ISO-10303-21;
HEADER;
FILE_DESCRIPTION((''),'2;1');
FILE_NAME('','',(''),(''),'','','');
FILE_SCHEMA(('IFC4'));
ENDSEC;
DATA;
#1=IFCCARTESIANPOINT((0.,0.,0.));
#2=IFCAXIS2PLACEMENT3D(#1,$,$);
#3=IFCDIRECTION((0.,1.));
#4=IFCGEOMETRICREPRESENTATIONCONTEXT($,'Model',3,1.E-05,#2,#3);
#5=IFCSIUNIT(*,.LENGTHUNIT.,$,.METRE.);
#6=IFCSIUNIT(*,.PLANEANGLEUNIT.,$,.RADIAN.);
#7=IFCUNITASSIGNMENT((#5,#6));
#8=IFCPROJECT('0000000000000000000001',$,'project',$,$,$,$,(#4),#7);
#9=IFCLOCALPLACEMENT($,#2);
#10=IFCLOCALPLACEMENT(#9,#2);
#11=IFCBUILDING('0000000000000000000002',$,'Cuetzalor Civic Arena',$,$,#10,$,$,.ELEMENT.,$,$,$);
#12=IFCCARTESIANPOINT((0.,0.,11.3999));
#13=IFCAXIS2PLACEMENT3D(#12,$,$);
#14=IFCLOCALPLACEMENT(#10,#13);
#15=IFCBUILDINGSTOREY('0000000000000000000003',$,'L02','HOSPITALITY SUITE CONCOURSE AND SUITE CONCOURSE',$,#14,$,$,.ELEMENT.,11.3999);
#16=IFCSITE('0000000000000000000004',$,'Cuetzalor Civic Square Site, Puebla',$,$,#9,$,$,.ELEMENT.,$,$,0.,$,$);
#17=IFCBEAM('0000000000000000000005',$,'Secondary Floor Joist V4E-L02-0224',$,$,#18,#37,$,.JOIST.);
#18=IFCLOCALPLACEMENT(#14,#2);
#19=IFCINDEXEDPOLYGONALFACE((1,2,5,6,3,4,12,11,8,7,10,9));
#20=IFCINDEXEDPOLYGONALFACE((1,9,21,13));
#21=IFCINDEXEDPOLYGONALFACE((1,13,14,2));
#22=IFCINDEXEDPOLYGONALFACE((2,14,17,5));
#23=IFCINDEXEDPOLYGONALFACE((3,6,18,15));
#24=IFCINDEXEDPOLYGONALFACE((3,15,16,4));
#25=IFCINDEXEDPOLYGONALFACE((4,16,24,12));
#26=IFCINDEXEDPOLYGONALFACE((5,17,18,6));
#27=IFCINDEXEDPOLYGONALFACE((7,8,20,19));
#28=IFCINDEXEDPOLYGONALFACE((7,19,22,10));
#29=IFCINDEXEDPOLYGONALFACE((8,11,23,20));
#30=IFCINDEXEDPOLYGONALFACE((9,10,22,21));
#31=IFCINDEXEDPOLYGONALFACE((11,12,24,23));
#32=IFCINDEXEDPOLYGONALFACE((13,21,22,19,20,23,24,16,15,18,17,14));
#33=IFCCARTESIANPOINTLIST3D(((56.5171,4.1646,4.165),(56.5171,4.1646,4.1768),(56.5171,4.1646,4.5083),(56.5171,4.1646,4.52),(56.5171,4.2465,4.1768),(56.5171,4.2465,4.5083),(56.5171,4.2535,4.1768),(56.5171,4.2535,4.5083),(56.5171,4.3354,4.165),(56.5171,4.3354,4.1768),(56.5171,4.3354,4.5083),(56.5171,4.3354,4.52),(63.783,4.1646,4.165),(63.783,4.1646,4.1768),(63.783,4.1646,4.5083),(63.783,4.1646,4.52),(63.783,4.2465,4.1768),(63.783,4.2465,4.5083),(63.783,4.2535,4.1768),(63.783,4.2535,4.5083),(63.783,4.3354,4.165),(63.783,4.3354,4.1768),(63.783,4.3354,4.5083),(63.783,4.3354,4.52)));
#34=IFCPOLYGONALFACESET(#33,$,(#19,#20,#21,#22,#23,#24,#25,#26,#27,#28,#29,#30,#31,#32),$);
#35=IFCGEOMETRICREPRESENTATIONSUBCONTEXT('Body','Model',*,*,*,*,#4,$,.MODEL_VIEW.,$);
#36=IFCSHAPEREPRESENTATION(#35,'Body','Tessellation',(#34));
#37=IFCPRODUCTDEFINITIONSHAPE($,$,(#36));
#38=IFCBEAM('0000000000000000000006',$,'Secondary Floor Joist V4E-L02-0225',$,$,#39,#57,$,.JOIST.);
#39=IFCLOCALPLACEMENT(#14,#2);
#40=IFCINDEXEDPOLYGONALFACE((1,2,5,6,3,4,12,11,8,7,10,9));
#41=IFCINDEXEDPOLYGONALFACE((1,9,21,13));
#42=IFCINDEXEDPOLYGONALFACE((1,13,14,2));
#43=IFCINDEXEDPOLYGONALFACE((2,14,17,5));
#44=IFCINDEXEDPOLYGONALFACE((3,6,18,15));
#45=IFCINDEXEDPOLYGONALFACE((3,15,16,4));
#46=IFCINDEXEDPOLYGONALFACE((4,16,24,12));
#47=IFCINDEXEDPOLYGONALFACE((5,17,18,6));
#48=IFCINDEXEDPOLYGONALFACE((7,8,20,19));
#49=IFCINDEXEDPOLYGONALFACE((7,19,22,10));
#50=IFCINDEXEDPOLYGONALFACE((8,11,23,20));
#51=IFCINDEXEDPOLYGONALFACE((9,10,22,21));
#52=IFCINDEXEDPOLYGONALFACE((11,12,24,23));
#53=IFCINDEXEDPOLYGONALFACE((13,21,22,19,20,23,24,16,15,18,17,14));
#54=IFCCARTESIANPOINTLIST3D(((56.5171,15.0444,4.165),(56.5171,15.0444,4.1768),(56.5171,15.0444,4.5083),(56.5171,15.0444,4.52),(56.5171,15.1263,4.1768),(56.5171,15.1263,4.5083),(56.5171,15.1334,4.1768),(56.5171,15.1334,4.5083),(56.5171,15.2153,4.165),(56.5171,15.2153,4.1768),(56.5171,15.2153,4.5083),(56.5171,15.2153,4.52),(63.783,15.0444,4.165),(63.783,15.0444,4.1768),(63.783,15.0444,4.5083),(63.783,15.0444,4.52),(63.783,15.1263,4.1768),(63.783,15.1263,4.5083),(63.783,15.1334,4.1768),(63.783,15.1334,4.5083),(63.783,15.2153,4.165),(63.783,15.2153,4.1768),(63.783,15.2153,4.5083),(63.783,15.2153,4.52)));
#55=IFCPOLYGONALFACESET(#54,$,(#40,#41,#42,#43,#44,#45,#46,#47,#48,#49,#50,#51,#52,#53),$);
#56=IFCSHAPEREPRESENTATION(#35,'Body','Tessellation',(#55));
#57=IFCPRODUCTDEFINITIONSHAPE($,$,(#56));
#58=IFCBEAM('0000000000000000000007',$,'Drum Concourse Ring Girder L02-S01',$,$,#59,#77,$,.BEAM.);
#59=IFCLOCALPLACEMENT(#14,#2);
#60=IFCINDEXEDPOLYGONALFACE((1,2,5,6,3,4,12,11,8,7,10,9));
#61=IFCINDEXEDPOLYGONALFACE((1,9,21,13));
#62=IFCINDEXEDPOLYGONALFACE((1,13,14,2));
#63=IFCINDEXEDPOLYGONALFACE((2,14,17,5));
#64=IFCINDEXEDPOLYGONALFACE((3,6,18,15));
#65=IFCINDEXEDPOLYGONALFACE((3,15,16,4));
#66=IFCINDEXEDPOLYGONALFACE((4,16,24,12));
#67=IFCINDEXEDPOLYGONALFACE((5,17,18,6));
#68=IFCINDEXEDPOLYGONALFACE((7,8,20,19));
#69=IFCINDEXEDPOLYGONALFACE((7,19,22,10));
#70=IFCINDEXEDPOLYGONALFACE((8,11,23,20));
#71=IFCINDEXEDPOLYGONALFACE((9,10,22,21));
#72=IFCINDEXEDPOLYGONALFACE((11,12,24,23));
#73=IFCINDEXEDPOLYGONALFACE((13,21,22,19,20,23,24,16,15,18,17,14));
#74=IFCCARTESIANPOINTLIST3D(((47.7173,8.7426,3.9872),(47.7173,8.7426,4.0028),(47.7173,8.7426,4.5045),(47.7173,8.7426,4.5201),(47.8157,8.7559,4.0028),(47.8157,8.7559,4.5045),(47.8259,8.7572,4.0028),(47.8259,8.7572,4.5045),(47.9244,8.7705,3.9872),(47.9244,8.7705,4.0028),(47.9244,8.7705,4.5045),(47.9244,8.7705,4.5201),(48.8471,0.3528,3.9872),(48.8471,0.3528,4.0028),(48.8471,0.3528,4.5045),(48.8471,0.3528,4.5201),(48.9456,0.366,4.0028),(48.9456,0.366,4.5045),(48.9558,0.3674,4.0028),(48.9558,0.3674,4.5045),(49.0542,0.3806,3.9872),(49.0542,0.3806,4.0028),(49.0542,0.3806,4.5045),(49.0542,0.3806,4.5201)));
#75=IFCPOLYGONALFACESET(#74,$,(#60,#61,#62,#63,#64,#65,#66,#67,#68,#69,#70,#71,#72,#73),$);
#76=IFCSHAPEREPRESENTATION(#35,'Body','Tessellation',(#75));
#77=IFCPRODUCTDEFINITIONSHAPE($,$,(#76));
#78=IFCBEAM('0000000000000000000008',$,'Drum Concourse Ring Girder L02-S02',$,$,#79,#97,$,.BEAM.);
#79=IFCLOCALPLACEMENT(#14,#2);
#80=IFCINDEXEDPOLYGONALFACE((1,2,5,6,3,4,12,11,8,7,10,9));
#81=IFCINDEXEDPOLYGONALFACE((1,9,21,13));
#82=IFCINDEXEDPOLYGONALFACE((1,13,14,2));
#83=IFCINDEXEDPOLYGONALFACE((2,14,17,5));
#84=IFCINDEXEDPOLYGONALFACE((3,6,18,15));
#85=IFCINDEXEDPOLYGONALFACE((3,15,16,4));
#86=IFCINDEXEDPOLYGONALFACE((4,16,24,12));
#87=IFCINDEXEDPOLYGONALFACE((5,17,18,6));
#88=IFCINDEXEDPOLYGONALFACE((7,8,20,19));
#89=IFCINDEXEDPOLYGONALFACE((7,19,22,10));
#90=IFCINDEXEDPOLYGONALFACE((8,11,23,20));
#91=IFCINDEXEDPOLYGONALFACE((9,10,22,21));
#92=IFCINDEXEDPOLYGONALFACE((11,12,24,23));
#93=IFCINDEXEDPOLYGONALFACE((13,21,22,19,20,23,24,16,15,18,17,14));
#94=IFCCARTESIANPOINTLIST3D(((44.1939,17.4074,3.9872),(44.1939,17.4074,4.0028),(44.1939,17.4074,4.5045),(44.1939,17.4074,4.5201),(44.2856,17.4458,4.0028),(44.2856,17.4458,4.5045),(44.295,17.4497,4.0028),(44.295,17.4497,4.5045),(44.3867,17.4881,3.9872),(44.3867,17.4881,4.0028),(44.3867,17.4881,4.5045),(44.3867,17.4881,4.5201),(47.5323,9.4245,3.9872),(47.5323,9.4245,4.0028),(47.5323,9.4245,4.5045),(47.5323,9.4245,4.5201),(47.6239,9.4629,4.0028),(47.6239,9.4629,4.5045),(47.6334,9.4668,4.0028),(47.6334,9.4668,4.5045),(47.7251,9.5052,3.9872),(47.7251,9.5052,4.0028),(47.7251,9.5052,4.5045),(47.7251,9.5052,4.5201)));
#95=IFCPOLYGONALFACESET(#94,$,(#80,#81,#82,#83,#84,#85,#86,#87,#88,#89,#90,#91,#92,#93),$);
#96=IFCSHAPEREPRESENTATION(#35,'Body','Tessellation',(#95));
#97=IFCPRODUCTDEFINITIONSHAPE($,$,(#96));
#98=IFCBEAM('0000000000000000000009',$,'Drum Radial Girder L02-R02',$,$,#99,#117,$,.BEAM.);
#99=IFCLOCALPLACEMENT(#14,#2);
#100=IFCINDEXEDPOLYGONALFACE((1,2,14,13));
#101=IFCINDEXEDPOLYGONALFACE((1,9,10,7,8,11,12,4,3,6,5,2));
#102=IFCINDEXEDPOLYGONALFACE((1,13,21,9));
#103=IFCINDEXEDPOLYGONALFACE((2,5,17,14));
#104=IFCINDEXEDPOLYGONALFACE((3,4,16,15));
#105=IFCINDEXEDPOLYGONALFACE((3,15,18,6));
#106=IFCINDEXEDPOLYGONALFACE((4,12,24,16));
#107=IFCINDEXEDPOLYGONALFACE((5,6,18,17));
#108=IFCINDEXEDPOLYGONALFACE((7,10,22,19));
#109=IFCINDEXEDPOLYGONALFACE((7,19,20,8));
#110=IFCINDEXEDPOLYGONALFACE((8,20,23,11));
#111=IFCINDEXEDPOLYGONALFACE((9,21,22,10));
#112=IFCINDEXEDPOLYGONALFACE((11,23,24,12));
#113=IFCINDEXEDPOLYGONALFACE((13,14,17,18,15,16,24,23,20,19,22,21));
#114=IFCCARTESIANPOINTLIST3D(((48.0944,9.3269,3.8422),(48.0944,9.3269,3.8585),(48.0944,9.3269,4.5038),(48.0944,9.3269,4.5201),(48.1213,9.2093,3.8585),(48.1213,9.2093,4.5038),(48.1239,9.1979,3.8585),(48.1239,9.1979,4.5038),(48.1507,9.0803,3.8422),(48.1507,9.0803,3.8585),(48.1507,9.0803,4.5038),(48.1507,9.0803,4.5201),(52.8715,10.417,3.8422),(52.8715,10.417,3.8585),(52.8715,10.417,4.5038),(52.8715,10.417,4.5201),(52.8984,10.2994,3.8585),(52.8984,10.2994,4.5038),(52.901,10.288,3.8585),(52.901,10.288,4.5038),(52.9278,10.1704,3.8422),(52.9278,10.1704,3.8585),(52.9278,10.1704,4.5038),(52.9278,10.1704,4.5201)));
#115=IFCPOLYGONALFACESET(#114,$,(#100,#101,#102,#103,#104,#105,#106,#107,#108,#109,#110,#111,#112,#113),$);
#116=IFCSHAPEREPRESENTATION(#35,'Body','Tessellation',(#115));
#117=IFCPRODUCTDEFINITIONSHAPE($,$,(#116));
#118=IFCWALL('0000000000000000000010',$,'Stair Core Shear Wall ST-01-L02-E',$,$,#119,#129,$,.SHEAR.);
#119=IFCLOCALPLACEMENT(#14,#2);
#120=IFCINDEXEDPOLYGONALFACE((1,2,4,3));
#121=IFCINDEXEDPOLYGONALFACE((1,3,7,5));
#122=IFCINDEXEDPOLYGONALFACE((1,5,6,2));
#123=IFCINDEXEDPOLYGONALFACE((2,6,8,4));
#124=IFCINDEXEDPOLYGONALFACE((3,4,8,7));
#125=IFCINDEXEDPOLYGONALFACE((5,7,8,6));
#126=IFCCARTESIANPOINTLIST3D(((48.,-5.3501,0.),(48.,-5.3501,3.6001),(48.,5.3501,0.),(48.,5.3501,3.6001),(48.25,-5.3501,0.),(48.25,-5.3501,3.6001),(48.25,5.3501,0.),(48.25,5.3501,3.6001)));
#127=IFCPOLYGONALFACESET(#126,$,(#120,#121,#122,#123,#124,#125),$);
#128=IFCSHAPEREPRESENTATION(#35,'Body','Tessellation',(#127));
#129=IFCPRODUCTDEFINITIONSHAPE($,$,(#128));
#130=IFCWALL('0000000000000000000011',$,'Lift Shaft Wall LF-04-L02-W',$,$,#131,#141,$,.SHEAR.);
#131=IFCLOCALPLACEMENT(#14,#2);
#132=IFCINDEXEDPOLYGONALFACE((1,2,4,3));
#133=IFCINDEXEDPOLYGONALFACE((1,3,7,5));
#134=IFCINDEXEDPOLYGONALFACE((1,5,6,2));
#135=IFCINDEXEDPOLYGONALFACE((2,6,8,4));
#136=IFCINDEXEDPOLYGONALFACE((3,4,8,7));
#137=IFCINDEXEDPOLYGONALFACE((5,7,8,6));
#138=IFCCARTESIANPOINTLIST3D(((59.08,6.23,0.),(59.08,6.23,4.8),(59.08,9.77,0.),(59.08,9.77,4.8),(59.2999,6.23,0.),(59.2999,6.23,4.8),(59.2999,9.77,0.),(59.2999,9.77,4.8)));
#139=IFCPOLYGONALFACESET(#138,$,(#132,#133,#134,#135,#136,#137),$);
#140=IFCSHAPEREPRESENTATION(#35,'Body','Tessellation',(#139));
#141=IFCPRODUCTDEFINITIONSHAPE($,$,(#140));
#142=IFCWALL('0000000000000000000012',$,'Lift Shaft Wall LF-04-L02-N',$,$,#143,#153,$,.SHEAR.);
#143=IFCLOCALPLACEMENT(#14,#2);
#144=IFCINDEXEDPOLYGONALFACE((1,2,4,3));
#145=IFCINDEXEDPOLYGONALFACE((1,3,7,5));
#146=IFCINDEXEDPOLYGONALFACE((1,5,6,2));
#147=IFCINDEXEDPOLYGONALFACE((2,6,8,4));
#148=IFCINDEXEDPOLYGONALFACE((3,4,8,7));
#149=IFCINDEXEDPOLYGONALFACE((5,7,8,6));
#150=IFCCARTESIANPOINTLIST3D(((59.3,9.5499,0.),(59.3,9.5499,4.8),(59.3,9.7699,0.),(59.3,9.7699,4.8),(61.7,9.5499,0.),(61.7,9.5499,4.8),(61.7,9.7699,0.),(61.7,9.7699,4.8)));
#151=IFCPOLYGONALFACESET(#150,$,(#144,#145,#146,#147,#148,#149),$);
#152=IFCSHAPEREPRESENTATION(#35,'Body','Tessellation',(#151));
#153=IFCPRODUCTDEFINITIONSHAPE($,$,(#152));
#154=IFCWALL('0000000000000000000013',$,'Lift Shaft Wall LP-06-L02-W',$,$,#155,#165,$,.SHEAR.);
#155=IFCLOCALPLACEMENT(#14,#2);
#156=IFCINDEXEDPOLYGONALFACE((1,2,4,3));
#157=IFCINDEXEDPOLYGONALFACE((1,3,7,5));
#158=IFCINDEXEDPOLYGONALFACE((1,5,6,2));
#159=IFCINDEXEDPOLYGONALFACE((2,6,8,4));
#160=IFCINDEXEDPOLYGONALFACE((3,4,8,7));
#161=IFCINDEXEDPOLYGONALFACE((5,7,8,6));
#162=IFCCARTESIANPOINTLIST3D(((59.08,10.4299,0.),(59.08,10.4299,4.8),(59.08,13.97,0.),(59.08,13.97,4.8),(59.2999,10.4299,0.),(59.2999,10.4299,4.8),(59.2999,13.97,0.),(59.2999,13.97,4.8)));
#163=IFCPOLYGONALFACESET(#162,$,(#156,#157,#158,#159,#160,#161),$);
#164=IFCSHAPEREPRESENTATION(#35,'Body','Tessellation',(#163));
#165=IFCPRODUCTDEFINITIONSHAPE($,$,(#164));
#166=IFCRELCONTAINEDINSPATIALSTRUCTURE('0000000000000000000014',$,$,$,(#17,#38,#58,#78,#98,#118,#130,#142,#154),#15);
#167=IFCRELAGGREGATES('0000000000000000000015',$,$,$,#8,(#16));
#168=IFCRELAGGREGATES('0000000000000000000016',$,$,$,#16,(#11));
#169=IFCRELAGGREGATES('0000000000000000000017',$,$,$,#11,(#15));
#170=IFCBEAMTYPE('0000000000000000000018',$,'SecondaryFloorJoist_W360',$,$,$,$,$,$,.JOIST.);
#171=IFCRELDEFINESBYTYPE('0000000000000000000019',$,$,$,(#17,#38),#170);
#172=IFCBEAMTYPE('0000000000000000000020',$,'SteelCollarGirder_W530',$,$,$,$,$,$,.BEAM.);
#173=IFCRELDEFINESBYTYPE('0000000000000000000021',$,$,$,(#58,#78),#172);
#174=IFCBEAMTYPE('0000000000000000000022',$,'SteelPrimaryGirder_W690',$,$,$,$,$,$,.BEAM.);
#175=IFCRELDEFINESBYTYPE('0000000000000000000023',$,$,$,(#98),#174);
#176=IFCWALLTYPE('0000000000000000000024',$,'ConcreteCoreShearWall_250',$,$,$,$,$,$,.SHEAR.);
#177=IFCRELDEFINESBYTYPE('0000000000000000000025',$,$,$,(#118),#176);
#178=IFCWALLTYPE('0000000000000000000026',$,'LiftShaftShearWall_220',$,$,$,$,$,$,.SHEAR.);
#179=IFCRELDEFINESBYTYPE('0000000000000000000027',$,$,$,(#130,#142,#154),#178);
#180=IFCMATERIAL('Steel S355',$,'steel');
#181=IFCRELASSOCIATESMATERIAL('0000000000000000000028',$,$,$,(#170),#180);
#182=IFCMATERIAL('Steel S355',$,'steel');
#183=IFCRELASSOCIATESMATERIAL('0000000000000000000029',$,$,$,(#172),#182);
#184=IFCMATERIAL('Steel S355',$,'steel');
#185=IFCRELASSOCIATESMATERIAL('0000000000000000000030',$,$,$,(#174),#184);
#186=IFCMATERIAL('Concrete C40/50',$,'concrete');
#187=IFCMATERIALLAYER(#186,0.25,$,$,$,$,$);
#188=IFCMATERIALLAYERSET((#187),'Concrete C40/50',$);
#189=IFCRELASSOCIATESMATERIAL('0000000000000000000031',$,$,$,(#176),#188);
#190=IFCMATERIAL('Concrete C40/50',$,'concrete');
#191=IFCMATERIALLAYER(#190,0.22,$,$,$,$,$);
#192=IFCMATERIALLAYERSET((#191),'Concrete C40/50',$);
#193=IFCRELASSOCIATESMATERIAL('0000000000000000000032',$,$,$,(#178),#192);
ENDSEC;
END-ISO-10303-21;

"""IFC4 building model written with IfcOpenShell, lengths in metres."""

from ifc_helpers import new_model, si_unit, direction, frame, frame_2d, origin, origin_2d, place, context, subcontext, project, spatial, rectangle, i_section, extrude, material, layer, layer_set, material_profile, profile_set, type_object, element, save


model = new_model("IFC4")

# Units and contexts
model_context = context("Model", 3, precision=1e-05, world=origin(), true_north=direction((0.0, 1.0)))
body_context = subcontext(model_context, "Body", "Model", "MODEL_VIEW")
ifc_project = project(units=[si_unit("LENGTHUNIT", "METRE"), si_unit("PLANEANGLEUNIT", "RADIAN")], contexts=[model_context])

# Site, building, storey
site_placement = place(None, origin())
site = spatial("IfcSite", under=ifc_project, at=site_placement, Name="Cuetzalor Civic Square Site, Puebla", CompositionType="ELEMENT", RefElevation=0.0)
building_placement = place(site_placement, origin())
building = spatial("IfcBuilding", under=site, at=building_placement, Name="Cuetzalor Civic Arena", CompositionType="ELEMENT")
storey_placement = place(building_placement, frame((0.0, 0.0, 11.3999)))
storey = spatial("IfcBuildingStorey", under=building, at=storey_placement, Name="L02", Description="HOSPITALITY SUITE CONCOURSE AND SUITE CONCOURSE", CompositionType="ELEMENT", Elevation=11.3999)

# Beams
ifc_material_1 = material(Name="Steel S355", Category="steel")
ifc_material_profile_1 = material_profile(ifc_material_1, i_section(OverallWidth=0.1709, OverallDepth=0.355, WebThickness=0.0071, FlangeThickness=0.0117, at=origin_2d()), Name="W360x51")
ifc_profile_set_1 = profile_set([ifc_material_profile_1], Name="Steel S355")
beam_type_1 = type_object("IfcBeamType", Name="SecondaryFloorJoist_W360", PredefinedType="JOIST", material=ifc_profile_set_1)
for number, where, z_axis, x_axis, name in (
    (1, (56.5171, 4.25, 4.3425), (1.0, 0.0, 0.0), (0.0, 1.0, 0.0), "Secondary Floor Joist V4E-L02-0224"),
    (2, (56.5171, 15.1299, 4.3425), (1.0, 0.0, 0.0), (0.0, 1.0, 0.0), "Secondary Floor Joist V4E-L02-0225"),
):
    element("IfcBeam", number, at=place(storey_placement, frame(where, z_axis=z_axis, x_axis=x_axis)), inside=storey, type_object=beam_type_1, Name=name, PredefinedType="JOIST", context=body_context, shape_type="SweptSolid", body=[
        extrude(i_section(OverallWidth=0.1709, OverallDepth=0.355, WebThickness=0.0071, FlangeThickness=0.0117, at=origin_2d()), origin(), (0.0, 0.0, 1.0), 7.2659),
    ])
ifc_material_2 = material(Name="Steel S355", Category="steel")
ifc_material_profile_2 = material_profile(ifc_material_2, i_section(OverallWidth=0.209, OverallDepth=0.533, WebThickness=0.0103, FlangeThickness=0.0156, at=origin_2d()), Name="W530x92")
ifc_profile_set_2 = profile_set([ifc_material_profile_2], Name="Steel S355")
beam_type_2 = type_object("IfcBeamType", Name="SteelCollarGirder_W530", PredefinedType="BEAM", material=ifc_profile_set_2)
beam_1_placement = place(storey_placement, frame((48.9507, 0.3667, 4.2537), z_axis=(-0.133467, 0.991053, 0.0), x_axis=(-0.991053, -0.133467, 0.0)))
element("IfcBeam", 3, at=beam_1_placement, inside=storey, type_object=beam_type_2, Name="Drum Concourse Ring Girder L02-S01", PredefinedType="BEAM", context=body_context, shape_type="SweptSolid", body=[
    extrude(i_section(OverallWidth=0.209, OverallDepth=0.533, WebThickness=0.0103, FlangeThickness=0.0156, at=origin_2d()), origin(), (0.0, 0.0, 1.0), 8.4656),
])
beam_2_placement = place(storey_placement, frame((47.6287, 9.4648, 4.2537), z_axis=(-0.385813, 0.922577, 0.0), x_axis=(-0.922577, -0.385813, 0.0)))
element("IfcBeam", 4, at=beam_2_placement, inside=storey, type_object=beam_type_2, Name="Drum Concourse Ring Girder L02-S02", PredefinedType="BEAM", context=body_context, shape_type="SweptSolid", body=[
    extrude(i_section(OverallWidth=0.209, OverallDepth=0.533, WebThickness=0.0103, FlangeThickness=0.0156, at=origin_2d()), origin(), (0.0, 0.0, 1.0), 8.6528),
])
ifc_material_3 = material(Name="Steel S355", Category="steel")
ifc_material_profile_3 = material_profile(ifc_material_3, i_section(OverallWidth=0.2529, OverallDepth=0.678, WebThickness=0.0117, FlangeThickness=0.0164, at=origin_2d()), Name="W690x125")
ifc_profile_set_3 = profile_set([ifc_material_profile_3], Name="Steel S355")
beam_type_3 = type_object("IfcBeamType", Name="SteelPrimaryGirder_W690", PredefinedType="BEAM", material=ifc_profile_set_3)
beam_3_placement = place(storey_placement, frame((48.1226, 9.2036, 4.1812), z_axis=(0.974939, 0.222472, 0.0), x_axis=(-0.222472, 0.974939, 0.0)))
element("IfcBeam", 5, at=beam_3_placement, inside=storey, type_object=beam_type_3, Name="Drum Radial Girder L02-R02", PredefinedType="BEAM", context=body_context, shape_type="SweptSolid", body=[
    extrude(i_section(OverallWidth=0.2529, OverallDepth=0.678, WebThickness=0.0117, FlangeThickness=0.0164, at=origin_2d()), origin(), (0.0, 0.0, 1.0), 4.8999),
])

# Wall
ifc_material_4 = material(Name="Concrete C40/50", Category="concrete")
ifc_layer_1 = layer(ifc_material_4, 0.25)
ifc_layer_set_1 = layer_set([ifc_layer_1], Name="Concrete C40/50")
wall_type_1 = type_object("IfcWallType", Name="ConcreteCoreShearWall_250", PredefinedType="SHEAR", material=ifc_layer_set_1)
wall_1_placement = place(storey_placement, frame((48.125, 5.3501, 0.0), z_axis=(0.0, 0.0, 1.0), x_axis=(0.0, -1.0, 0.0)))
element("IfcWall", 6, at=wall_1_placement, inside=storey, type_object=wall_type_1, Name="Stair Core Shear Wall ST-01-L02-E", PredefinedType="SHEAR", context=body_context, shape_type="SweptSolid", body=[
    extrude(rectangle(XDim=10.7002, YDim=0.25, at=frame_2d((5.3501, 0.0))), origin(), (0.0, 0.0, 1.0), 3.6001),
])

# Walls
ifc_material_5 = material(Name="Concrete C40/50", Category="concrete")
ifc_layer_2 = layer(ifc_material_5, 0.22)
ifc_layer_set_2 = layer_set([ifc_layer_2], Name="Concrete C40/50")
wall_type_2 = type_object("IfcWallType", Name="LiftShaftShearWall_220", PredefinedType="SHEAR", material=ifc_layer_set_2)
wall_2_placement = place(storey_placement, frame((59.1899, 6.23, 0.0), z_axis=(0.0, 0.0, 1.0), x_axis=(0.0, 1.0, 0.0)))
element("IfcWall", 7, at=wall_2_placement, inside=storey, type_object=wall_type_2, Name="Lift Shaft Wall LF-04-L02-W", PredefinedType="SHEAR", context=body_context, shape_type="SweptSolid", body=[
    extrude(rectangle(XDim=3.54, YDim=0.22, at=frame_2d((1.77, 0.0))), origin(), (0.0, 0.0, 1.0), 4.8),
])
wall_3_placement = place(storey_placement, frame((59.3, 9.6599, 0.0), z_axis=(0.0, 0.0, 1.0), x_axis=(1.0, 0.0, 0.0)))
element("IfcWall", 8, at=wall_3_placement, inside=storey, type_object=wall_type_2, Name="Lift Shaft Wall LF-04-L02-N", PredefinedType="SHEAR", context=body_context, shape_type="SweptSolid", body=[
    extrude(rectangle(XDim=2.3999, YDim=0.22, at=frame_2d((1.2, 0.0))), origin(), (0.0, 0.0, 1.0), 4.8),
])
wall_4_placement = place(storey_placement, frame((59.1899, 10.4299, 0.0), z_axis=(0.0, 0.0, 1.0), x_axis=(0.0, 1.0, 0.0)))
element("IfcWall", 9, at=wall_4_placement, inside=storey, type_object=wall_type_2, Name="Lift Shaft Wall LP-06-L02-W", PredefinedType="SHEAR", context=body_context, shape_type="SweptSolid", body=[
    extrude(rectangle(XDim=3.54, YDim=0.22, at=frame_2d((1.77, 0.0))), origin(), (0.0, 0.0, 1.0), 4.8),
])

save(model, "model.ifc")
